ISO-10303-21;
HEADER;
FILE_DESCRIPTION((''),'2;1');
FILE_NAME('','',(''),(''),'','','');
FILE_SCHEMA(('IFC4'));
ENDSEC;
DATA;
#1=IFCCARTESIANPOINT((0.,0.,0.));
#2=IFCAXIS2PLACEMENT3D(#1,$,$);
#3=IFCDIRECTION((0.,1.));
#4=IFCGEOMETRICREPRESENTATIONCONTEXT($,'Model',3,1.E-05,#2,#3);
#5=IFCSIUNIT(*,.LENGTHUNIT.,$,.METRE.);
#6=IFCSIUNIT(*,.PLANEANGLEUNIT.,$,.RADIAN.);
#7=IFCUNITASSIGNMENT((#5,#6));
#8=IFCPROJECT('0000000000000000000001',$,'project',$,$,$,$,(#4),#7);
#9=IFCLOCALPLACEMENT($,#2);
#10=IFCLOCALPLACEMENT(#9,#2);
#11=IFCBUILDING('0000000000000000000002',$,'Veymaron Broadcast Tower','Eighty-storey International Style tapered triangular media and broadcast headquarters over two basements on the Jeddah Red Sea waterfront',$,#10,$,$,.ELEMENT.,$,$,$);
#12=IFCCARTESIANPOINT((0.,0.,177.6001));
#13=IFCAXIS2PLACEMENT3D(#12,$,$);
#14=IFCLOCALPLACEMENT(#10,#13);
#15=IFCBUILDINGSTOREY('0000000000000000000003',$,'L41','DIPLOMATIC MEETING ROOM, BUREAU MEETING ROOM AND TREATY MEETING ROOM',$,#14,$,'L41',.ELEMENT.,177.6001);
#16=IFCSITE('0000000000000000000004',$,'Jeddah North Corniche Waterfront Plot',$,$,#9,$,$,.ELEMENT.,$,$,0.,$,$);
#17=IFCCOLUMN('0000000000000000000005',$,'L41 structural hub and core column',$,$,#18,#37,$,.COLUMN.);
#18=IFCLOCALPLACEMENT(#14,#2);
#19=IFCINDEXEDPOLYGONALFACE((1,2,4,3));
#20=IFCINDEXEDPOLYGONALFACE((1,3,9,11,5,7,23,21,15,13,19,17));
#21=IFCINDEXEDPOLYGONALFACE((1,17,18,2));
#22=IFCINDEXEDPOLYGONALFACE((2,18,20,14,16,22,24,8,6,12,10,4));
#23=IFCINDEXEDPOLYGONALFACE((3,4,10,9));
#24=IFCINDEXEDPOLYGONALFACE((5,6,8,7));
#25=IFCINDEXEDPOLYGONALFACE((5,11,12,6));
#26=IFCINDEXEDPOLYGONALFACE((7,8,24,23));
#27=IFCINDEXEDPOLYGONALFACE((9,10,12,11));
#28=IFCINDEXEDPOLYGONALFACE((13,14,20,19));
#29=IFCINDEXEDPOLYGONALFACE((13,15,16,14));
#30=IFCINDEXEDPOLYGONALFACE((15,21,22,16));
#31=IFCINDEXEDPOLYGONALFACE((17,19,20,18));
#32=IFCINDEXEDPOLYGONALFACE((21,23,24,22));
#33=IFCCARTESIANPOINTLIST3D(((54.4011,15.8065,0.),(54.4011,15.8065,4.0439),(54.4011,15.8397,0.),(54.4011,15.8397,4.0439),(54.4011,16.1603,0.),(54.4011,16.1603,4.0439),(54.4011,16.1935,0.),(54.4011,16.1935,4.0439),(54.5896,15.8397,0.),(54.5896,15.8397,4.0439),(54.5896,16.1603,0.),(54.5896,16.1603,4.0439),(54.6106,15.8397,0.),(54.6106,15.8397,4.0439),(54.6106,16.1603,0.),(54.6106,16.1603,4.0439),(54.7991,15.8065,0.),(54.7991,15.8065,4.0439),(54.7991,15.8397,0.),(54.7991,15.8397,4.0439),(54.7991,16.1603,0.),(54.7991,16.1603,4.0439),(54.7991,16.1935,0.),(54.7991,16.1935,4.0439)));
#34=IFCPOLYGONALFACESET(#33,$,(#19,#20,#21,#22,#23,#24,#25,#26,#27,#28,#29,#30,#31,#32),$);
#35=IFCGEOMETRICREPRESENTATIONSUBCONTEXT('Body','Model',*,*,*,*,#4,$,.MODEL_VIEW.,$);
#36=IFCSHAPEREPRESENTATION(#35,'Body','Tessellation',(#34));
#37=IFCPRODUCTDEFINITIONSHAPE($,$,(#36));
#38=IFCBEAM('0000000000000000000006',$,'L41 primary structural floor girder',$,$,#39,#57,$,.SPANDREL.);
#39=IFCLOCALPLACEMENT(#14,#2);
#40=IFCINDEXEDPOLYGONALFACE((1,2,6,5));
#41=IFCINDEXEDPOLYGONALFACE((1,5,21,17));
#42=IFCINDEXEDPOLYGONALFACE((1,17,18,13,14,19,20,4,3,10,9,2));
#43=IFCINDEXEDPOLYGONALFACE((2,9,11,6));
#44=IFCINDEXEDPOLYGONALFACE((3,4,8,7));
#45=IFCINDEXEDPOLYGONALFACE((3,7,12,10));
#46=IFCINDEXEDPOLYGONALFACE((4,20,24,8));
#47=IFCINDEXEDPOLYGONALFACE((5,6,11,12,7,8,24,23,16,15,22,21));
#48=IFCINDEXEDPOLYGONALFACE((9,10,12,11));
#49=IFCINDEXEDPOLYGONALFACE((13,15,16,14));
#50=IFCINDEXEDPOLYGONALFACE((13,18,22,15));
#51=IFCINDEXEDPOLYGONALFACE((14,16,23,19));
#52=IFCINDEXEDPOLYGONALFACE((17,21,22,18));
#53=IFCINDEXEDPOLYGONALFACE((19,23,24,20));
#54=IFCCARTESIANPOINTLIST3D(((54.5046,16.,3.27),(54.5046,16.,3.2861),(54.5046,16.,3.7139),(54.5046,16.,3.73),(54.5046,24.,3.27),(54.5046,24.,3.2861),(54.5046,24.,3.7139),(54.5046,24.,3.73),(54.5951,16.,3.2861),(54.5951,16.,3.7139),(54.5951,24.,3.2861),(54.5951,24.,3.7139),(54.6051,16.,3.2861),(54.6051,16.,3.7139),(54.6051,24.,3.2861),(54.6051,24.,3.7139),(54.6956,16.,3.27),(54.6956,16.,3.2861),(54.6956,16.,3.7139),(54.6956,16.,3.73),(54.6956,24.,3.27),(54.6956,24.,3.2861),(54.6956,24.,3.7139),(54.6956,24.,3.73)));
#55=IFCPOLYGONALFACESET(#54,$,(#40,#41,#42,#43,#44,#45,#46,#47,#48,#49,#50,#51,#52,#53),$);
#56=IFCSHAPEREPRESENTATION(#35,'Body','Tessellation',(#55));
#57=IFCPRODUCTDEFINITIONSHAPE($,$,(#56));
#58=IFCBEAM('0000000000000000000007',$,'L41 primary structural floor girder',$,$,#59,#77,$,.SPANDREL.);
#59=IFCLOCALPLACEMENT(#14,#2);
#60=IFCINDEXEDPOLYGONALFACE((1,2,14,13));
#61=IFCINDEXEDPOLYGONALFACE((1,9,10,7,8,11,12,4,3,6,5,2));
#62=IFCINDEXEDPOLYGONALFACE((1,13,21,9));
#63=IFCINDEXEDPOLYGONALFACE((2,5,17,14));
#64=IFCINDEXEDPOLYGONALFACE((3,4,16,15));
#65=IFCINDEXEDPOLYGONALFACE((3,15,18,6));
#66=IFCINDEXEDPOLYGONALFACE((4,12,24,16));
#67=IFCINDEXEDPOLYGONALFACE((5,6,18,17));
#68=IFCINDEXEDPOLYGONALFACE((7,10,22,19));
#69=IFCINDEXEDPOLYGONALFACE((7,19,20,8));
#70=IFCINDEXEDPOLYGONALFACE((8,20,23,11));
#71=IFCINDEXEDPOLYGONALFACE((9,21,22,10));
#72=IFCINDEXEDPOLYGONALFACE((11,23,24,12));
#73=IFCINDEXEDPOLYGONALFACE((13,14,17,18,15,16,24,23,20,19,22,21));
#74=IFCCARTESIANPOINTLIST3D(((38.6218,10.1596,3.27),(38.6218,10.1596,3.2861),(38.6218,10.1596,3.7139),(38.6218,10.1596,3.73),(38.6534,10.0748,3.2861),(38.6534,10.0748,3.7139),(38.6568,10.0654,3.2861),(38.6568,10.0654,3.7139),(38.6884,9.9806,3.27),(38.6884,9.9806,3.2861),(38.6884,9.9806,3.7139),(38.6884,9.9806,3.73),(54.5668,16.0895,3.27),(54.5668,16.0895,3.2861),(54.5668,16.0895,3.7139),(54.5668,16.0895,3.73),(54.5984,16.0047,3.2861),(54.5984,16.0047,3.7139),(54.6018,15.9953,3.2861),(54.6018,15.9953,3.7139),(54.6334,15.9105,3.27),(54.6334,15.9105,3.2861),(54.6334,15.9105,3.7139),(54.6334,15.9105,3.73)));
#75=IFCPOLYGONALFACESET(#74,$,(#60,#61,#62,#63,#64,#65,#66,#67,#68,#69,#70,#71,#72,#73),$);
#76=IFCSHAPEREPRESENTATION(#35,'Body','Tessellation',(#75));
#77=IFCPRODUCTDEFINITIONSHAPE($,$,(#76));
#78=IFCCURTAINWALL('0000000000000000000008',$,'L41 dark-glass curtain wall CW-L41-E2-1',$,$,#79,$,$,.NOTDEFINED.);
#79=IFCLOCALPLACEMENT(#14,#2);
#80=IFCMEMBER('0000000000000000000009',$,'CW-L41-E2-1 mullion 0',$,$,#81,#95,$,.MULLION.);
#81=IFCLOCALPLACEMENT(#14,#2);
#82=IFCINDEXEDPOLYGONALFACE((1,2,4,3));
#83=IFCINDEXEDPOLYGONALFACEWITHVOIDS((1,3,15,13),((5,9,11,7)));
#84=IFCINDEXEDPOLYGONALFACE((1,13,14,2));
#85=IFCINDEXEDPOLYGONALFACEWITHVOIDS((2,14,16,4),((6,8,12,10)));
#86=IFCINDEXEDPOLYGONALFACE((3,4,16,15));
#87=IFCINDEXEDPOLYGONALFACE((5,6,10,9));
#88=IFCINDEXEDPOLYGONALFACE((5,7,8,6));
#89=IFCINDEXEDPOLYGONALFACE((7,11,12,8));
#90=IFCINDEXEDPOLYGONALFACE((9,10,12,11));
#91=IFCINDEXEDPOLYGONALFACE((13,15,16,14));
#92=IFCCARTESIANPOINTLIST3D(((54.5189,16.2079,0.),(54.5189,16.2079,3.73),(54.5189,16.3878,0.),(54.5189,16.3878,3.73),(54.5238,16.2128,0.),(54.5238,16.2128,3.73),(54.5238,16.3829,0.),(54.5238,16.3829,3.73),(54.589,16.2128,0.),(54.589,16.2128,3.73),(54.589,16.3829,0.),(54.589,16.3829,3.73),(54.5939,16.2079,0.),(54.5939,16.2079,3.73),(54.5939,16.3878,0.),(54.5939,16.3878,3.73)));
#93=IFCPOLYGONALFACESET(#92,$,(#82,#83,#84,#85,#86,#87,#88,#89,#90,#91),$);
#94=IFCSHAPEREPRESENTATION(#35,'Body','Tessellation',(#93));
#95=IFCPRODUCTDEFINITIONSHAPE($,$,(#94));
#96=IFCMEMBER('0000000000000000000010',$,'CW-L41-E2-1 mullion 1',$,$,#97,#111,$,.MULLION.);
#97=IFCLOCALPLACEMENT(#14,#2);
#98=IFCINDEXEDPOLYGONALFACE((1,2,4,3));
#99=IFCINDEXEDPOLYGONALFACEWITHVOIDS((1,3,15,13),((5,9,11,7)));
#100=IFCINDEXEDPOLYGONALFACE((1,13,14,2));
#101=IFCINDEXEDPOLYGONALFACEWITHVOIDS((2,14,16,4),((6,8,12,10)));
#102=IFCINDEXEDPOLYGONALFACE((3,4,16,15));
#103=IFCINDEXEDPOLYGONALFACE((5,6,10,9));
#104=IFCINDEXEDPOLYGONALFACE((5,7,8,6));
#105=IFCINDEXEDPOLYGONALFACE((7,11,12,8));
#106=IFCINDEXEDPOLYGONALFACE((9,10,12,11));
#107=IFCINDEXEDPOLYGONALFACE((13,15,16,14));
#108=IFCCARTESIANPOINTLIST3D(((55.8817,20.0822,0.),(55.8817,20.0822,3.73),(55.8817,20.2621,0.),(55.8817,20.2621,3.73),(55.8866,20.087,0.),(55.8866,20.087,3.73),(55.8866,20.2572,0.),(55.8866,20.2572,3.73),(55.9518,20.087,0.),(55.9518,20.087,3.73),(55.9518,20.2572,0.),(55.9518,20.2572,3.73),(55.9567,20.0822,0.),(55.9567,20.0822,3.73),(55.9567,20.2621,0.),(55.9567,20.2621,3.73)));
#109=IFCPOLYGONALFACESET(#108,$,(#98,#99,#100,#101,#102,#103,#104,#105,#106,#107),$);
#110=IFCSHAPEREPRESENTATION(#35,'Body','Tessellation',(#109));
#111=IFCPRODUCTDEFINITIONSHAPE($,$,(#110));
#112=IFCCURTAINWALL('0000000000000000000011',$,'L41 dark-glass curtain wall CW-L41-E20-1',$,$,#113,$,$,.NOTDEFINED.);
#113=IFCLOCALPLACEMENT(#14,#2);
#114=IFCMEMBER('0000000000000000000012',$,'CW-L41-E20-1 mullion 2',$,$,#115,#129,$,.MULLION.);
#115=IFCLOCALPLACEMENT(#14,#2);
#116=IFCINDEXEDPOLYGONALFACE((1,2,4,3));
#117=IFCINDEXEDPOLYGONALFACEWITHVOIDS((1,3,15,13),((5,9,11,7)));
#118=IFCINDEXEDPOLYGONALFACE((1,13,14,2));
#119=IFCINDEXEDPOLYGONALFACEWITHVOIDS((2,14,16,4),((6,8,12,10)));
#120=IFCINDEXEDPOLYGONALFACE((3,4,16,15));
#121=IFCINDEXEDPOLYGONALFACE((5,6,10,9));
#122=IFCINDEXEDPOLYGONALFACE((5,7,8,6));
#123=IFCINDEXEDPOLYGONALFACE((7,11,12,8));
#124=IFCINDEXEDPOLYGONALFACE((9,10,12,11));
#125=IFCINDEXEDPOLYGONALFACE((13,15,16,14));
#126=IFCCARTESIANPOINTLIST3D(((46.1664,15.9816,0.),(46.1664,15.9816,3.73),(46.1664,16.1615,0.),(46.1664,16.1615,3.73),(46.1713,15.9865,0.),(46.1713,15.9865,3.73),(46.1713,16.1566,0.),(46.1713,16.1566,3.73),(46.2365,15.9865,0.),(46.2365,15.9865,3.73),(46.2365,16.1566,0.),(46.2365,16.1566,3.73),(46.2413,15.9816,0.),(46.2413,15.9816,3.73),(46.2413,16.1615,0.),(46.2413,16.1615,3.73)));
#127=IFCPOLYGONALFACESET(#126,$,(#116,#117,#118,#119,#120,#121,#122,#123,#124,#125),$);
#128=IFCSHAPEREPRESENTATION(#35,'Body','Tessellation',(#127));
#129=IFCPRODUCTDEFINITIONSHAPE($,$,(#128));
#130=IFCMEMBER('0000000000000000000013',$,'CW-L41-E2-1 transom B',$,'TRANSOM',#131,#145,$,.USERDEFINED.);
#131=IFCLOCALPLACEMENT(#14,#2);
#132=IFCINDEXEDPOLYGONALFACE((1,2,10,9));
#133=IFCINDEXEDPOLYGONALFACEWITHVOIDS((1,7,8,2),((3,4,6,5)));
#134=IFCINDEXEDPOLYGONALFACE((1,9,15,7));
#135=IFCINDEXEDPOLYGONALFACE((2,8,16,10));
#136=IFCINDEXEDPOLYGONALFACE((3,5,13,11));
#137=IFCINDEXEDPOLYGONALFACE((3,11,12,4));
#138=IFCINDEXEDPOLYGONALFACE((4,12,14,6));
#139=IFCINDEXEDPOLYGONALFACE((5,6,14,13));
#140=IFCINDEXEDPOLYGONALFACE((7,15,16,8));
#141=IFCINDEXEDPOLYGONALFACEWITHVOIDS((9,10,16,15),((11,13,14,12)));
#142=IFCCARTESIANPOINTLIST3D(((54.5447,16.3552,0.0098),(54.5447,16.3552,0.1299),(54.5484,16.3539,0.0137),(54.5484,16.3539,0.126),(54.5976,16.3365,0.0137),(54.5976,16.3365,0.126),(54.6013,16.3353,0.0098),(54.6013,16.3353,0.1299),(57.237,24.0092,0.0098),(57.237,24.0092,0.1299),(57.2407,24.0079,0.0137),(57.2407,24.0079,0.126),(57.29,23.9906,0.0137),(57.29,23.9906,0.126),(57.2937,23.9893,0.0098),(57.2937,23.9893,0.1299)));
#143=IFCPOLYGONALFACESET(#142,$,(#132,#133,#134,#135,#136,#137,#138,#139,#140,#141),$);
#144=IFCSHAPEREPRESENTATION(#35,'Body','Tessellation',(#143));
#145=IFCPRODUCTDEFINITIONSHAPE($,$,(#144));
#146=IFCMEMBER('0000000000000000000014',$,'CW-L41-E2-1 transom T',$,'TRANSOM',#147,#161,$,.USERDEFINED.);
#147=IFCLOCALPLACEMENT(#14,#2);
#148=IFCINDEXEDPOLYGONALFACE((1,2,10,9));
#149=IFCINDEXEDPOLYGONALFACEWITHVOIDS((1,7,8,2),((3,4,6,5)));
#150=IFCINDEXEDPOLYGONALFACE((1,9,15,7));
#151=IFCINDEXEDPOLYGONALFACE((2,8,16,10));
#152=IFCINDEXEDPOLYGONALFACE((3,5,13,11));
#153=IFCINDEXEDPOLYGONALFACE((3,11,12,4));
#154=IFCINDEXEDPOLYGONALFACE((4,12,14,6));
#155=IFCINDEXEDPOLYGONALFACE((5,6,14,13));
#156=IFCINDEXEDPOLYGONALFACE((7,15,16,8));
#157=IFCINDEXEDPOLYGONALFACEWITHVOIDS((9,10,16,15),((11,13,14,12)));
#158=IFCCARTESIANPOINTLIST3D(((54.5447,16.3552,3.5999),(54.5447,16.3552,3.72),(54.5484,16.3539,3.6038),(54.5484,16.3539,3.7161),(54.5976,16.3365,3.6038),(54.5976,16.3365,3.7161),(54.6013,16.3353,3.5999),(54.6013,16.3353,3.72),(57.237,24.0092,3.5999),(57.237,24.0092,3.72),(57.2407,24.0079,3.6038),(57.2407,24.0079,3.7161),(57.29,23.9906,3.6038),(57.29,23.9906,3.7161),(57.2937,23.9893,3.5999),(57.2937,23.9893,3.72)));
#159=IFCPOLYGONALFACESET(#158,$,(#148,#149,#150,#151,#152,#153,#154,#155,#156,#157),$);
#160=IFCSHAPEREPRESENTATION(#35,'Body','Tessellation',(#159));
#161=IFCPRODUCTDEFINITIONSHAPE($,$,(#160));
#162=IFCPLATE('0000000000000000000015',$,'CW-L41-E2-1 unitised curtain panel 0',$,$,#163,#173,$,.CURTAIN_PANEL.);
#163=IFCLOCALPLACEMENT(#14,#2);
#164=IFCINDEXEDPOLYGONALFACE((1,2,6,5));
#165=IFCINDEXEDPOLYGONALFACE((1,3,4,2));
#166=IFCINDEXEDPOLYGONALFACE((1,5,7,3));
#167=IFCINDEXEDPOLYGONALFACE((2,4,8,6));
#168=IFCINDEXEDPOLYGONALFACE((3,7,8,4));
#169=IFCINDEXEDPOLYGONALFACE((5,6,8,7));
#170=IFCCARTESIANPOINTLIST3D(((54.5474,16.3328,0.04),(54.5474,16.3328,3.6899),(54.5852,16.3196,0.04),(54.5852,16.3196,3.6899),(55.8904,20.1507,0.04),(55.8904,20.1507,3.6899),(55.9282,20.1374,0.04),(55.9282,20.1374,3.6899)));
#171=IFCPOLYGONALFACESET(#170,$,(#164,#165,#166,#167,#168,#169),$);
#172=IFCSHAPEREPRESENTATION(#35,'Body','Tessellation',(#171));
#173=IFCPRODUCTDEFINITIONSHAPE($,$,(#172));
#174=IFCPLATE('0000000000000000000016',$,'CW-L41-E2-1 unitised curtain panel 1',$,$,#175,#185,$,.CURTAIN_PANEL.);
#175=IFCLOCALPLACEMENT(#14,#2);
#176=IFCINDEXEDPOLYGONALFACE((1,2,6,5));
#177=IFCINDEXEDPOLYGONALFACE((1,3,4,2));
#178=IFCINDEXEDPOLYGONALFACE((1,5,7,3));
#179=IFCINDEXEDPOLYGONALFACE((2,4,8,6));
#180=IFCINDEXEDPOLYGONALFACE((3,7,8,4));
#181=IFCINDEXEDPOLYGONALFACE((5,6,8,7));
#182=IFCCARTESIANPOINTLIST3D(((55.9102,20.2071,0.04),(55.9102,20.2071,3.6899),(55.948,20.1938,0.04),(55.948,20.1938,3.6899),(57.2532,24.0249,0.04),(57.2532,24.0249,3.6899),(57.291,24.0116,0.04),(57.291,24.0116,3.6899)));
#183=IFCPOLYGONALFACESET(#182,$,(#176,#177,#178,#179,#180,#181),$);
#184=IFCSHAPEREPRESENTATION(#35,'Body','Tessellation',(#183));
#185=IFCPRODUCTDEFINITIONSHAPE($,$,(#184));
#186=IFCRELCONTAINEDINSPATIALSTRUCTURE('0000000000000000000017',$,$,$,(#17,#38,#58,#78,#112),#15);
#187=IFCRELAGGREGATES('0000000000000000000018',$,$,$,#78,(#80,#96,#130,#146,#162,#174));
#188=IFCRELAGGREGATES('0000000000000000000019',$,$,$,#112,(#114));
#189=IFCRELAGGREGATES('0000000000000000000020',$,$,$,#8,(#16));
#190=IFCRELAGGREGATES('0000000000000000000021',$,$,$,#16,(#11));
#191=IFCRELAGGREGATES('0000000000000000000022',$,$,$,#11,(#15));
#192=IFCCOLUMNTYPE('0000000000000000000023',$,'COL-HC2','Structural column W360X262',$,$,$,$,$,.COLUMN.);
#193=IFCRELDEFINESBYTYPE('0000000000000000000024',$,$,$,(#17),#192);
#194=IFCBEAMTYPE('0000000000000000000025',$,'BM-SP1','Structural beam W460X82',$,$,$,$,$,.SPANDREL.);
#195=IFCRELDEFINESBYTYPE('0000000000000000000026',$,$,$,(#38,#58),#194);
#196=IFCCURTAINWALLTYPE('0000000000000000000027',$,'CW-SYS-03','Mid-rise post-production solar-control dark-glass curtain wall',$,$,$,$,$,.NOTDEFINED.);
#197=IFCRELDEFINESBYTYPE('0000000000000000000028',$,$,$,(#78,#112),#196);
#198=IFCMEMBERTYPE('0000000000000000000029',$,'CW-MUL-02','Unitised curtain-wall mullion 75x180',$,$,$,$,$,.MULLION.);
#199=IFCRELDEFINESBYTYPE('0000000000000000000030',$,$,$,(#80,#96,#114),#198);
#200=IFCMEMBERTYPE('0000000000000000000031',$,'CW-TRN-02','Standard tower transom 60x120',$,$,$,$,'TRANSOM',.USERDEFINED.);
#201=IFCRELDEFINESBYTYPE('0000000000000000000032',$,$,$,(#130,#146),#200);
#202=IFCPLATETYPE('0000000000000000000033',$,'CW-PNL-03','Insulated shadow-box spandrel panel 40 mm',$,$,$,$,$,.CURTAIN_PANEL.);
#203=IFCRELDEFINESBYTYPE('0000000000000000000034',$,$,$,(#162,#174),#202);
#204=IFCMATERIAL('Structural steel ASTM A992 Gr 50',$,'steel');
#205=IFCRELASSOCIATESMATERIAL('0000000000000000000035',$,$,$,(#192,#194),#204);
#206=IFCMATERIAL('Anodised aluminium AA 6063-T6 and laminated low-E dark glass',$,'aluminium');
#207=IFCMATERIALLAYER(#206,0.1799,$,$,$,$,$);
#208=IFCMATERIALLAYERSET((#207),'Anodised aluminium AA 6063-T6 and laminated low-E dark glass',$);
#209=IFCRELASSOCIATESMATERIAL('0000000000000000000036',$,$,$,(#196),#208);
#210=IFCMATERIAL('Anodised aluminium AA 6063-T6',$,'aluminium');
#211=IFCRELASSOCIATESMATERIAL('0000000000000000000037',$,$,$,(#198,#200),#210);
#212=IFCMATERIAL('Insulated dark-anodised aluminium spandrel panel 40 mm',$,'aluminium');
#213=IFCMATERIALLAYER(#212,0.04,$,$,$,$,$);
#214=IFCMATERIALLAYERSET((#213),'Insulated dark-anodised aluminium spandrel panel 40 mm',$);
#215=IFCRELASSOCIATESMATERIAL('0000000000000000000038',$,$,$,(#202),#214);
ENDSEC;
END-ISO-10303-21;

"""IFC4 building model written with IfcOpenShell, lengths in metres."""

from ifc_helpers import new_model, si_unit, direction, frame, origin, origin_2d, place, context, subcontext, project, spatial, rectangle, hollow_rectangle, i_section, extrude, material, layer, layer_set, material_profile, profile_set, type_object, element, aggregate, save


model = new_model("IFC4")

# Units and contexts
model_context = context("Model", 3, precision=1e-05, world=origin(), true_north=direction((0.0, 1.0)))
body_context = subcontext(model_context, "Body", "Model", "MODEL_VIEW")
ifc_project = project(units=[si_unit("LENGTHUNIT", "METRE"), si_unit("PLANEANGLEUNIT", "RADIAN")], contexts=[model_context])

# Site, building, storey
site_placement = place(None, origin())
site = spatial("IfcSite", under=ifc_project, at=site_placement, Name="Jeddah North Corniche Waterfront Plot", CompositionType="ELEMENT", RefElevation=0.0)
building_placement = place(site_placement, origin())
building = spatial("IfcBuilding", under=site, at=building_placement, Name="Veymaron Broadcast Tower", Description="Eighty-storey International Style tapered triangular media and broadcast headquarters over two basements on the Jeddah Red Sea waterfront", CompositionType="ELEMENT")
storey_placement = place(building_placement, frame((0.0, 0.0, 177.6001)))
storey = spatial("IfcBuildingStorey", under=building, at=storey_placement, Name="L41", Description="DIPLOMATIC MEETING ROOM, BUREAU MEETING ROOM AND TREATY MEETING ROOM", LongName="L41", CompositionType="ELEMENT", Elevation=177.6001)

# Column
ifc_material_1 = material(Name="Structural steel ASTM A992 Gr 50", Category="steel")
ifc_material_profile_1 = material_profile(ifc_material_1, i_section(OverallWidth=0.3979, OverallDepth=0.387, WebThickness=0.021, FlangeThickness=0.0332, at=origin_2d()), Name="W360X262")
ifc_profile_set_1 = profile_set([ifc_material_profile_1], Name="Structural steel ASTM A992 Gr 50")
column_type = type_object("IfcColumnType", Name="COL-HC2", Description="Structural column W360X262", PredefinedType="COLUMN", material=ifc_profile_set_1)
column_placement = place(storey_placement, frame((54.6001, 16.0, 0.0), z_axis=(0.0, 0.0, 1.0), x_axis=(1.0, 0.0, 0.0)))
element("IfcColumn", 1, at=column_placement, inside=storey, type_object=column_type, Name="L41 structural hub and core column", PredefinedType="COLUMN", context=body_context, shape_type="SweptSolid", body=[
    extrude(i_section(OverallWidth=0.3979, OverallDepth=0.387, WebThickness=0.021, FlangeThickness=0.0332, at=origin_2d()), origin(), (0.0, 0.0, 1.0), 4.0439),
])

# Beams
ifc_material_profile_2 = material_profile(ifc_material_1, i_section(OverallWidth=0.1909, OverallDepth=0.46, WebThickness=0.01, FlangeThickness=0.0161, at=origin_2d()), Name="W460X82")
ifc_profile_set_2 = profile_set([ifc_material_profile_2], Name="Structural steel ASTM A992 Gr 50")
beam_type = type_object("IfcBeamType", Name="BM-SP1", Description="Structural beam W460X82", PredefinedType="SPANDREL", material=ifc_profile_set_2)
beam_1_placement = place(storey_placement, frame((54.6001, 16.0, 3.5), z_axis=(0.0, 1.0, 0.0), x_axis=(-1.0, 0.0, 0.0)))
element("IfcBeam", 2, at=beam_1_placement, inside=storey, type_object=beam_type, Name="L41 primary structural floor girder", PredefinedType="SPANDREL", context=body_context, shape_type="SweptSolid", body=[
    extrude(i_section(OverallWidth=0.1909, OverallDepth=0.46, WebThickness=0.01, FlangeThickness=0.0161, at=origin_2d()), origin(), (0.0, 0.0, 1.0), 8.0),
])
beam_2_placement = place(storey_placement, frame((54.6001, 16.0, 3.5), z_axis=(-0.937282, -0.348573, 0.0), x_axis=(0.348573, -0.937282, 0.0)))
element("IfcBeam", 3, at=beam_2_placement, inside=storey, type_object=beam_type, Name="L41 primary structural floor girder", PredefinedType="SPANDREL", context=body_context, shape_type="SweptSolid", body=[
    extrude(i_section(OverallWidth=0.1909, OverallDepth=0.46, WebThickness=0.01, FlangeThickness=0.0161, at=origin_2d()), origin(), (0.0, 0.0, 1.0), 17.012),
])

# Curtain wall, members
ifc_material_2 = material(Name="Anodised aluminium AA 6063-T6 and laminated low-E dark glass", Category="aluminium")
ifc_layer_1 = layer(ifc_material_2, 0.1799)
ifc_layer_set_1 = layer_set([ifc_layer_1], Name="Anodised aluminium AA 6063-T6 and laminated low-E dark glass")
curtain_wall_type = type_object("IfcCurtainWallType", Name="CW-SYS-03", Description="Mid-rise post-production solar-control dark-glass curtain wall", PredefinedType="NOTDEFINED", material=ifc_layer_set_1)
curtain_wall_1_placement = place(storey_placement, origin())
curtain_wall_1 = element("IfcCurtainWall", 4, at=curtain_wall_1_placement, inside=storey, type_object=curtain_wall_type, Name="L41 dark-glass curtain wall CW-L41-E2-1", PredefinedType="NOTDEFINED")
ifc_material_3 = material(Name="Anodised aluminium AA 6063-T6", Category="aluminium")
ifc_material_profile_3 = material_profile(ifc_material_3, hollow_rectangle(XDim=0.075, YDim=0.1799, WallThickness=0.0049, at=origin_2d()), Name="AL180X75X5")
ifc_profile_set_3 = profile_set([ifc_material_profile_3], Name="Anodised aluminium AA 6063-T6")
member_type_1 = type_object("IfcMemberType", Name="CW-MUL-02", Description="Unitised curtain-wall mullion 75x180", PredefinedType="MULLION", material=ifc_profile_set_3)
member_1_placement = place(storey_placement, frame((54.5564, 16.2979, 0.0), z_axis=(0.0, 0.0, 1.0), x_axis=(1.0, 0.0, 0.0)))
member_1 = element("IfcMember", 5, at=member_1_placement, type_object=member_type_1, Name="CW-L41-E2-1 mullion 0", PredefinedType="MULLION", context=body_context, shape_type="SweptSolid", body=[
    extrude(hollow_rectangle(XDim=0.075, YDim=0.1799, WallThickness=0.0049, at=origin_2d()), origin(), (0.0, 0.0, 1.0), 3.73),
])
member_2_placement = place(storey_placement, frame((55.9192, 20.1721, 0.0), z_axis=(0.0, 0.0, 1.0), x_axis=(1.0, 0.0, 0.0)))
member_2 = element("IfcMember", 6, at=member_2_placement, type_object=member_type_1, Name="CW-L41-E2-1 mullion 1", PredefinedType="MULLION", context=body_context, shape_type="SweptSolid", body=[
    extrude(hollow_rectangle(XDim=0.075, YDim=0.1799, WallThickness=0.0049, at=origin_2d()), origin(), (0.0, 0.0, 1.0), 3.73),
])

# Curtain wall, member
curtain_wall_2_placement = place(storey_placement, origin())
curtain_wall_2 = element("IfcCurtainWall", 7, at=curtain_wall_2_placement, inside=storey, type_object=curtain_wall_type, Name="L41 dark-glass curtain wall CW-L41-E20-1", PredefinedType="NOTDEFINED")
member_3_placement = place(storey_placement, frame((46.2039, 16.0715, 0.0), z_axis=(0.0, 0.0, 1.0), x_axis=(1.0, 0.0, 0.0)))
member_3 = element("IfcMember", 8, at=member_3_placement, type_object=member_type_1, Name="CW-L41-E20-1 mullion 2", PredefinedType="MULLION", context=body_context, shape_type="SweptSolid", body=[
    extrude(hollow_rectangle(XDim=0.075, YDim=0.1799, WallThickness=0.0049, at=origin_2d()), origin(), (0.0, 0.0, 1.0), 3.73),
])

# Members
ifc_material_profile_4 = material_profile(ifc_material_3, hollow_rectangle(XDim=0.0601, YDim=0.1201, WallThickness=0.0039, at=origin_2d()), Name="AL120X60X4")
ifc_profile_set_4 = profile_set([ifc_material_profile_4], Name="Anodised aluminium AA 6063-T6")
member_type_2 = type_object("IfcMemberType", Name="CW-TRN-02", Description="Standard tower transom 60x120", ElementType="TRANSOM", PredefinedType="USERDEFINED", material=ifc_profile_set_4)
member_4_placement = place(storey_placement, frame((54.573, 16.3452, 0.0698), z_axis=(0.331828, 0.94334, 0.0), x_axis=(-0.94334, 0.331828, 0.0)))
member_4 = element("IfcMember", 9, at=member_4_placement, type_object=member_type_2, Name="CW-L41-E2-1 transom B", ObjectType="TRANSOM", PredefinedType="USERDEFINED", context=body_context, shape_type="SweptSolid", body=[
    extrude(hollow_rectangle(XDim=0.0601, YDim=0.1201, WallThickness=0.0039, at=origin_2d()), origin(), (0.0, 0.0, 1.0), 8.1138),
])
member_5_placement = place(storey_placement, frame((54.573, 16.3452, 3.6599), z_axis=(0.331828, 0.94334, 0.0), x_axis=(-0.94334, 0.331828, 0.0)))
member_5 = element("IfcMember", 10, at=member_5_placement, type_object=member_type_2, Name="CW-L41-E2-1 transom T", ObjectType="TRANSOM", PredefinedType="USERDEFINED", context=body_context, shape_type="SweptSolid", body=[
    extrude(hollow_rectangle(XDim=0.0601, YDim=0.1201, WallThickness=0.0039, at=origin_2d()), origin(), (0.0, 0.0, 1.0), 8.1138),
])

# Plates
ifc_material_4 = material(Name="Insulated dark-anodised aluminium spandrel panel 40 mm", Category="aluminium")
ifc_layer_2 = layer(ifc_material_4, 0.04)
ifc_layer_set_2 = layer_set([ifc_layer_2], Name="Insulated dark-anodised aluminium spandrel panel 40 mm")
plate_type = type_object("IfcPlateType", Name="CW-PNL-03", Description="Insulated shadow-box spandrel panel 40 mm", PredefinedType="CURTAIN_PANEL", material=ifc_layer_set_2)
plate_1_placement = place(storey_placement, frame((55.2378, 18.2351, 0.04), z_axis=(0.0, 0.0, 1.0), x_axis=(0.331832, 0.943339, 0.0)))
plate_1 = element("IfcPlate", 11, at=plate_1_placement, type_object=plate_type, Name="CW-L41-E2-1 unitised curtain panel 0", PredefinedType="CURTAIN_PANEL", context=body_context, shape_type="SweptSolid", body=[
    extrude(rectangle(XDim=4.0471, YDim=0.04, at=origin_2d()), origin(), (0.0, 0.0, 1.0), 3.6499),
])
plate_2_placement = place(storey_placement, frame((56.6006, 22.1094, 0.04), z_axis=(0.0, 0.0, 1.0), x_axis=(0.331832, 0.943339, 0.0)))
plate_2 = element("IfcPlate", 12, at=plate_2_placement, type_object=plate_type, Name="CW-L41-E2-1 unitised curtain panel 1", PredefinedType="CURTAIN_PANEL", context=body_context, shape_type="SweptSolid", body=[
    extrude(rectangle(XDim=4.0471, YDim=0.04, at=origin_2d()), origin(), (0.0, 0.0, 1.0), 3.6499),
])
aggregate(curtain_wall_1, [member_1, member_2, member_4, member_5, plate_1, plate_2])
aggregate(curtain_wall_2, [member_3])

save(model, "model.ifc")
